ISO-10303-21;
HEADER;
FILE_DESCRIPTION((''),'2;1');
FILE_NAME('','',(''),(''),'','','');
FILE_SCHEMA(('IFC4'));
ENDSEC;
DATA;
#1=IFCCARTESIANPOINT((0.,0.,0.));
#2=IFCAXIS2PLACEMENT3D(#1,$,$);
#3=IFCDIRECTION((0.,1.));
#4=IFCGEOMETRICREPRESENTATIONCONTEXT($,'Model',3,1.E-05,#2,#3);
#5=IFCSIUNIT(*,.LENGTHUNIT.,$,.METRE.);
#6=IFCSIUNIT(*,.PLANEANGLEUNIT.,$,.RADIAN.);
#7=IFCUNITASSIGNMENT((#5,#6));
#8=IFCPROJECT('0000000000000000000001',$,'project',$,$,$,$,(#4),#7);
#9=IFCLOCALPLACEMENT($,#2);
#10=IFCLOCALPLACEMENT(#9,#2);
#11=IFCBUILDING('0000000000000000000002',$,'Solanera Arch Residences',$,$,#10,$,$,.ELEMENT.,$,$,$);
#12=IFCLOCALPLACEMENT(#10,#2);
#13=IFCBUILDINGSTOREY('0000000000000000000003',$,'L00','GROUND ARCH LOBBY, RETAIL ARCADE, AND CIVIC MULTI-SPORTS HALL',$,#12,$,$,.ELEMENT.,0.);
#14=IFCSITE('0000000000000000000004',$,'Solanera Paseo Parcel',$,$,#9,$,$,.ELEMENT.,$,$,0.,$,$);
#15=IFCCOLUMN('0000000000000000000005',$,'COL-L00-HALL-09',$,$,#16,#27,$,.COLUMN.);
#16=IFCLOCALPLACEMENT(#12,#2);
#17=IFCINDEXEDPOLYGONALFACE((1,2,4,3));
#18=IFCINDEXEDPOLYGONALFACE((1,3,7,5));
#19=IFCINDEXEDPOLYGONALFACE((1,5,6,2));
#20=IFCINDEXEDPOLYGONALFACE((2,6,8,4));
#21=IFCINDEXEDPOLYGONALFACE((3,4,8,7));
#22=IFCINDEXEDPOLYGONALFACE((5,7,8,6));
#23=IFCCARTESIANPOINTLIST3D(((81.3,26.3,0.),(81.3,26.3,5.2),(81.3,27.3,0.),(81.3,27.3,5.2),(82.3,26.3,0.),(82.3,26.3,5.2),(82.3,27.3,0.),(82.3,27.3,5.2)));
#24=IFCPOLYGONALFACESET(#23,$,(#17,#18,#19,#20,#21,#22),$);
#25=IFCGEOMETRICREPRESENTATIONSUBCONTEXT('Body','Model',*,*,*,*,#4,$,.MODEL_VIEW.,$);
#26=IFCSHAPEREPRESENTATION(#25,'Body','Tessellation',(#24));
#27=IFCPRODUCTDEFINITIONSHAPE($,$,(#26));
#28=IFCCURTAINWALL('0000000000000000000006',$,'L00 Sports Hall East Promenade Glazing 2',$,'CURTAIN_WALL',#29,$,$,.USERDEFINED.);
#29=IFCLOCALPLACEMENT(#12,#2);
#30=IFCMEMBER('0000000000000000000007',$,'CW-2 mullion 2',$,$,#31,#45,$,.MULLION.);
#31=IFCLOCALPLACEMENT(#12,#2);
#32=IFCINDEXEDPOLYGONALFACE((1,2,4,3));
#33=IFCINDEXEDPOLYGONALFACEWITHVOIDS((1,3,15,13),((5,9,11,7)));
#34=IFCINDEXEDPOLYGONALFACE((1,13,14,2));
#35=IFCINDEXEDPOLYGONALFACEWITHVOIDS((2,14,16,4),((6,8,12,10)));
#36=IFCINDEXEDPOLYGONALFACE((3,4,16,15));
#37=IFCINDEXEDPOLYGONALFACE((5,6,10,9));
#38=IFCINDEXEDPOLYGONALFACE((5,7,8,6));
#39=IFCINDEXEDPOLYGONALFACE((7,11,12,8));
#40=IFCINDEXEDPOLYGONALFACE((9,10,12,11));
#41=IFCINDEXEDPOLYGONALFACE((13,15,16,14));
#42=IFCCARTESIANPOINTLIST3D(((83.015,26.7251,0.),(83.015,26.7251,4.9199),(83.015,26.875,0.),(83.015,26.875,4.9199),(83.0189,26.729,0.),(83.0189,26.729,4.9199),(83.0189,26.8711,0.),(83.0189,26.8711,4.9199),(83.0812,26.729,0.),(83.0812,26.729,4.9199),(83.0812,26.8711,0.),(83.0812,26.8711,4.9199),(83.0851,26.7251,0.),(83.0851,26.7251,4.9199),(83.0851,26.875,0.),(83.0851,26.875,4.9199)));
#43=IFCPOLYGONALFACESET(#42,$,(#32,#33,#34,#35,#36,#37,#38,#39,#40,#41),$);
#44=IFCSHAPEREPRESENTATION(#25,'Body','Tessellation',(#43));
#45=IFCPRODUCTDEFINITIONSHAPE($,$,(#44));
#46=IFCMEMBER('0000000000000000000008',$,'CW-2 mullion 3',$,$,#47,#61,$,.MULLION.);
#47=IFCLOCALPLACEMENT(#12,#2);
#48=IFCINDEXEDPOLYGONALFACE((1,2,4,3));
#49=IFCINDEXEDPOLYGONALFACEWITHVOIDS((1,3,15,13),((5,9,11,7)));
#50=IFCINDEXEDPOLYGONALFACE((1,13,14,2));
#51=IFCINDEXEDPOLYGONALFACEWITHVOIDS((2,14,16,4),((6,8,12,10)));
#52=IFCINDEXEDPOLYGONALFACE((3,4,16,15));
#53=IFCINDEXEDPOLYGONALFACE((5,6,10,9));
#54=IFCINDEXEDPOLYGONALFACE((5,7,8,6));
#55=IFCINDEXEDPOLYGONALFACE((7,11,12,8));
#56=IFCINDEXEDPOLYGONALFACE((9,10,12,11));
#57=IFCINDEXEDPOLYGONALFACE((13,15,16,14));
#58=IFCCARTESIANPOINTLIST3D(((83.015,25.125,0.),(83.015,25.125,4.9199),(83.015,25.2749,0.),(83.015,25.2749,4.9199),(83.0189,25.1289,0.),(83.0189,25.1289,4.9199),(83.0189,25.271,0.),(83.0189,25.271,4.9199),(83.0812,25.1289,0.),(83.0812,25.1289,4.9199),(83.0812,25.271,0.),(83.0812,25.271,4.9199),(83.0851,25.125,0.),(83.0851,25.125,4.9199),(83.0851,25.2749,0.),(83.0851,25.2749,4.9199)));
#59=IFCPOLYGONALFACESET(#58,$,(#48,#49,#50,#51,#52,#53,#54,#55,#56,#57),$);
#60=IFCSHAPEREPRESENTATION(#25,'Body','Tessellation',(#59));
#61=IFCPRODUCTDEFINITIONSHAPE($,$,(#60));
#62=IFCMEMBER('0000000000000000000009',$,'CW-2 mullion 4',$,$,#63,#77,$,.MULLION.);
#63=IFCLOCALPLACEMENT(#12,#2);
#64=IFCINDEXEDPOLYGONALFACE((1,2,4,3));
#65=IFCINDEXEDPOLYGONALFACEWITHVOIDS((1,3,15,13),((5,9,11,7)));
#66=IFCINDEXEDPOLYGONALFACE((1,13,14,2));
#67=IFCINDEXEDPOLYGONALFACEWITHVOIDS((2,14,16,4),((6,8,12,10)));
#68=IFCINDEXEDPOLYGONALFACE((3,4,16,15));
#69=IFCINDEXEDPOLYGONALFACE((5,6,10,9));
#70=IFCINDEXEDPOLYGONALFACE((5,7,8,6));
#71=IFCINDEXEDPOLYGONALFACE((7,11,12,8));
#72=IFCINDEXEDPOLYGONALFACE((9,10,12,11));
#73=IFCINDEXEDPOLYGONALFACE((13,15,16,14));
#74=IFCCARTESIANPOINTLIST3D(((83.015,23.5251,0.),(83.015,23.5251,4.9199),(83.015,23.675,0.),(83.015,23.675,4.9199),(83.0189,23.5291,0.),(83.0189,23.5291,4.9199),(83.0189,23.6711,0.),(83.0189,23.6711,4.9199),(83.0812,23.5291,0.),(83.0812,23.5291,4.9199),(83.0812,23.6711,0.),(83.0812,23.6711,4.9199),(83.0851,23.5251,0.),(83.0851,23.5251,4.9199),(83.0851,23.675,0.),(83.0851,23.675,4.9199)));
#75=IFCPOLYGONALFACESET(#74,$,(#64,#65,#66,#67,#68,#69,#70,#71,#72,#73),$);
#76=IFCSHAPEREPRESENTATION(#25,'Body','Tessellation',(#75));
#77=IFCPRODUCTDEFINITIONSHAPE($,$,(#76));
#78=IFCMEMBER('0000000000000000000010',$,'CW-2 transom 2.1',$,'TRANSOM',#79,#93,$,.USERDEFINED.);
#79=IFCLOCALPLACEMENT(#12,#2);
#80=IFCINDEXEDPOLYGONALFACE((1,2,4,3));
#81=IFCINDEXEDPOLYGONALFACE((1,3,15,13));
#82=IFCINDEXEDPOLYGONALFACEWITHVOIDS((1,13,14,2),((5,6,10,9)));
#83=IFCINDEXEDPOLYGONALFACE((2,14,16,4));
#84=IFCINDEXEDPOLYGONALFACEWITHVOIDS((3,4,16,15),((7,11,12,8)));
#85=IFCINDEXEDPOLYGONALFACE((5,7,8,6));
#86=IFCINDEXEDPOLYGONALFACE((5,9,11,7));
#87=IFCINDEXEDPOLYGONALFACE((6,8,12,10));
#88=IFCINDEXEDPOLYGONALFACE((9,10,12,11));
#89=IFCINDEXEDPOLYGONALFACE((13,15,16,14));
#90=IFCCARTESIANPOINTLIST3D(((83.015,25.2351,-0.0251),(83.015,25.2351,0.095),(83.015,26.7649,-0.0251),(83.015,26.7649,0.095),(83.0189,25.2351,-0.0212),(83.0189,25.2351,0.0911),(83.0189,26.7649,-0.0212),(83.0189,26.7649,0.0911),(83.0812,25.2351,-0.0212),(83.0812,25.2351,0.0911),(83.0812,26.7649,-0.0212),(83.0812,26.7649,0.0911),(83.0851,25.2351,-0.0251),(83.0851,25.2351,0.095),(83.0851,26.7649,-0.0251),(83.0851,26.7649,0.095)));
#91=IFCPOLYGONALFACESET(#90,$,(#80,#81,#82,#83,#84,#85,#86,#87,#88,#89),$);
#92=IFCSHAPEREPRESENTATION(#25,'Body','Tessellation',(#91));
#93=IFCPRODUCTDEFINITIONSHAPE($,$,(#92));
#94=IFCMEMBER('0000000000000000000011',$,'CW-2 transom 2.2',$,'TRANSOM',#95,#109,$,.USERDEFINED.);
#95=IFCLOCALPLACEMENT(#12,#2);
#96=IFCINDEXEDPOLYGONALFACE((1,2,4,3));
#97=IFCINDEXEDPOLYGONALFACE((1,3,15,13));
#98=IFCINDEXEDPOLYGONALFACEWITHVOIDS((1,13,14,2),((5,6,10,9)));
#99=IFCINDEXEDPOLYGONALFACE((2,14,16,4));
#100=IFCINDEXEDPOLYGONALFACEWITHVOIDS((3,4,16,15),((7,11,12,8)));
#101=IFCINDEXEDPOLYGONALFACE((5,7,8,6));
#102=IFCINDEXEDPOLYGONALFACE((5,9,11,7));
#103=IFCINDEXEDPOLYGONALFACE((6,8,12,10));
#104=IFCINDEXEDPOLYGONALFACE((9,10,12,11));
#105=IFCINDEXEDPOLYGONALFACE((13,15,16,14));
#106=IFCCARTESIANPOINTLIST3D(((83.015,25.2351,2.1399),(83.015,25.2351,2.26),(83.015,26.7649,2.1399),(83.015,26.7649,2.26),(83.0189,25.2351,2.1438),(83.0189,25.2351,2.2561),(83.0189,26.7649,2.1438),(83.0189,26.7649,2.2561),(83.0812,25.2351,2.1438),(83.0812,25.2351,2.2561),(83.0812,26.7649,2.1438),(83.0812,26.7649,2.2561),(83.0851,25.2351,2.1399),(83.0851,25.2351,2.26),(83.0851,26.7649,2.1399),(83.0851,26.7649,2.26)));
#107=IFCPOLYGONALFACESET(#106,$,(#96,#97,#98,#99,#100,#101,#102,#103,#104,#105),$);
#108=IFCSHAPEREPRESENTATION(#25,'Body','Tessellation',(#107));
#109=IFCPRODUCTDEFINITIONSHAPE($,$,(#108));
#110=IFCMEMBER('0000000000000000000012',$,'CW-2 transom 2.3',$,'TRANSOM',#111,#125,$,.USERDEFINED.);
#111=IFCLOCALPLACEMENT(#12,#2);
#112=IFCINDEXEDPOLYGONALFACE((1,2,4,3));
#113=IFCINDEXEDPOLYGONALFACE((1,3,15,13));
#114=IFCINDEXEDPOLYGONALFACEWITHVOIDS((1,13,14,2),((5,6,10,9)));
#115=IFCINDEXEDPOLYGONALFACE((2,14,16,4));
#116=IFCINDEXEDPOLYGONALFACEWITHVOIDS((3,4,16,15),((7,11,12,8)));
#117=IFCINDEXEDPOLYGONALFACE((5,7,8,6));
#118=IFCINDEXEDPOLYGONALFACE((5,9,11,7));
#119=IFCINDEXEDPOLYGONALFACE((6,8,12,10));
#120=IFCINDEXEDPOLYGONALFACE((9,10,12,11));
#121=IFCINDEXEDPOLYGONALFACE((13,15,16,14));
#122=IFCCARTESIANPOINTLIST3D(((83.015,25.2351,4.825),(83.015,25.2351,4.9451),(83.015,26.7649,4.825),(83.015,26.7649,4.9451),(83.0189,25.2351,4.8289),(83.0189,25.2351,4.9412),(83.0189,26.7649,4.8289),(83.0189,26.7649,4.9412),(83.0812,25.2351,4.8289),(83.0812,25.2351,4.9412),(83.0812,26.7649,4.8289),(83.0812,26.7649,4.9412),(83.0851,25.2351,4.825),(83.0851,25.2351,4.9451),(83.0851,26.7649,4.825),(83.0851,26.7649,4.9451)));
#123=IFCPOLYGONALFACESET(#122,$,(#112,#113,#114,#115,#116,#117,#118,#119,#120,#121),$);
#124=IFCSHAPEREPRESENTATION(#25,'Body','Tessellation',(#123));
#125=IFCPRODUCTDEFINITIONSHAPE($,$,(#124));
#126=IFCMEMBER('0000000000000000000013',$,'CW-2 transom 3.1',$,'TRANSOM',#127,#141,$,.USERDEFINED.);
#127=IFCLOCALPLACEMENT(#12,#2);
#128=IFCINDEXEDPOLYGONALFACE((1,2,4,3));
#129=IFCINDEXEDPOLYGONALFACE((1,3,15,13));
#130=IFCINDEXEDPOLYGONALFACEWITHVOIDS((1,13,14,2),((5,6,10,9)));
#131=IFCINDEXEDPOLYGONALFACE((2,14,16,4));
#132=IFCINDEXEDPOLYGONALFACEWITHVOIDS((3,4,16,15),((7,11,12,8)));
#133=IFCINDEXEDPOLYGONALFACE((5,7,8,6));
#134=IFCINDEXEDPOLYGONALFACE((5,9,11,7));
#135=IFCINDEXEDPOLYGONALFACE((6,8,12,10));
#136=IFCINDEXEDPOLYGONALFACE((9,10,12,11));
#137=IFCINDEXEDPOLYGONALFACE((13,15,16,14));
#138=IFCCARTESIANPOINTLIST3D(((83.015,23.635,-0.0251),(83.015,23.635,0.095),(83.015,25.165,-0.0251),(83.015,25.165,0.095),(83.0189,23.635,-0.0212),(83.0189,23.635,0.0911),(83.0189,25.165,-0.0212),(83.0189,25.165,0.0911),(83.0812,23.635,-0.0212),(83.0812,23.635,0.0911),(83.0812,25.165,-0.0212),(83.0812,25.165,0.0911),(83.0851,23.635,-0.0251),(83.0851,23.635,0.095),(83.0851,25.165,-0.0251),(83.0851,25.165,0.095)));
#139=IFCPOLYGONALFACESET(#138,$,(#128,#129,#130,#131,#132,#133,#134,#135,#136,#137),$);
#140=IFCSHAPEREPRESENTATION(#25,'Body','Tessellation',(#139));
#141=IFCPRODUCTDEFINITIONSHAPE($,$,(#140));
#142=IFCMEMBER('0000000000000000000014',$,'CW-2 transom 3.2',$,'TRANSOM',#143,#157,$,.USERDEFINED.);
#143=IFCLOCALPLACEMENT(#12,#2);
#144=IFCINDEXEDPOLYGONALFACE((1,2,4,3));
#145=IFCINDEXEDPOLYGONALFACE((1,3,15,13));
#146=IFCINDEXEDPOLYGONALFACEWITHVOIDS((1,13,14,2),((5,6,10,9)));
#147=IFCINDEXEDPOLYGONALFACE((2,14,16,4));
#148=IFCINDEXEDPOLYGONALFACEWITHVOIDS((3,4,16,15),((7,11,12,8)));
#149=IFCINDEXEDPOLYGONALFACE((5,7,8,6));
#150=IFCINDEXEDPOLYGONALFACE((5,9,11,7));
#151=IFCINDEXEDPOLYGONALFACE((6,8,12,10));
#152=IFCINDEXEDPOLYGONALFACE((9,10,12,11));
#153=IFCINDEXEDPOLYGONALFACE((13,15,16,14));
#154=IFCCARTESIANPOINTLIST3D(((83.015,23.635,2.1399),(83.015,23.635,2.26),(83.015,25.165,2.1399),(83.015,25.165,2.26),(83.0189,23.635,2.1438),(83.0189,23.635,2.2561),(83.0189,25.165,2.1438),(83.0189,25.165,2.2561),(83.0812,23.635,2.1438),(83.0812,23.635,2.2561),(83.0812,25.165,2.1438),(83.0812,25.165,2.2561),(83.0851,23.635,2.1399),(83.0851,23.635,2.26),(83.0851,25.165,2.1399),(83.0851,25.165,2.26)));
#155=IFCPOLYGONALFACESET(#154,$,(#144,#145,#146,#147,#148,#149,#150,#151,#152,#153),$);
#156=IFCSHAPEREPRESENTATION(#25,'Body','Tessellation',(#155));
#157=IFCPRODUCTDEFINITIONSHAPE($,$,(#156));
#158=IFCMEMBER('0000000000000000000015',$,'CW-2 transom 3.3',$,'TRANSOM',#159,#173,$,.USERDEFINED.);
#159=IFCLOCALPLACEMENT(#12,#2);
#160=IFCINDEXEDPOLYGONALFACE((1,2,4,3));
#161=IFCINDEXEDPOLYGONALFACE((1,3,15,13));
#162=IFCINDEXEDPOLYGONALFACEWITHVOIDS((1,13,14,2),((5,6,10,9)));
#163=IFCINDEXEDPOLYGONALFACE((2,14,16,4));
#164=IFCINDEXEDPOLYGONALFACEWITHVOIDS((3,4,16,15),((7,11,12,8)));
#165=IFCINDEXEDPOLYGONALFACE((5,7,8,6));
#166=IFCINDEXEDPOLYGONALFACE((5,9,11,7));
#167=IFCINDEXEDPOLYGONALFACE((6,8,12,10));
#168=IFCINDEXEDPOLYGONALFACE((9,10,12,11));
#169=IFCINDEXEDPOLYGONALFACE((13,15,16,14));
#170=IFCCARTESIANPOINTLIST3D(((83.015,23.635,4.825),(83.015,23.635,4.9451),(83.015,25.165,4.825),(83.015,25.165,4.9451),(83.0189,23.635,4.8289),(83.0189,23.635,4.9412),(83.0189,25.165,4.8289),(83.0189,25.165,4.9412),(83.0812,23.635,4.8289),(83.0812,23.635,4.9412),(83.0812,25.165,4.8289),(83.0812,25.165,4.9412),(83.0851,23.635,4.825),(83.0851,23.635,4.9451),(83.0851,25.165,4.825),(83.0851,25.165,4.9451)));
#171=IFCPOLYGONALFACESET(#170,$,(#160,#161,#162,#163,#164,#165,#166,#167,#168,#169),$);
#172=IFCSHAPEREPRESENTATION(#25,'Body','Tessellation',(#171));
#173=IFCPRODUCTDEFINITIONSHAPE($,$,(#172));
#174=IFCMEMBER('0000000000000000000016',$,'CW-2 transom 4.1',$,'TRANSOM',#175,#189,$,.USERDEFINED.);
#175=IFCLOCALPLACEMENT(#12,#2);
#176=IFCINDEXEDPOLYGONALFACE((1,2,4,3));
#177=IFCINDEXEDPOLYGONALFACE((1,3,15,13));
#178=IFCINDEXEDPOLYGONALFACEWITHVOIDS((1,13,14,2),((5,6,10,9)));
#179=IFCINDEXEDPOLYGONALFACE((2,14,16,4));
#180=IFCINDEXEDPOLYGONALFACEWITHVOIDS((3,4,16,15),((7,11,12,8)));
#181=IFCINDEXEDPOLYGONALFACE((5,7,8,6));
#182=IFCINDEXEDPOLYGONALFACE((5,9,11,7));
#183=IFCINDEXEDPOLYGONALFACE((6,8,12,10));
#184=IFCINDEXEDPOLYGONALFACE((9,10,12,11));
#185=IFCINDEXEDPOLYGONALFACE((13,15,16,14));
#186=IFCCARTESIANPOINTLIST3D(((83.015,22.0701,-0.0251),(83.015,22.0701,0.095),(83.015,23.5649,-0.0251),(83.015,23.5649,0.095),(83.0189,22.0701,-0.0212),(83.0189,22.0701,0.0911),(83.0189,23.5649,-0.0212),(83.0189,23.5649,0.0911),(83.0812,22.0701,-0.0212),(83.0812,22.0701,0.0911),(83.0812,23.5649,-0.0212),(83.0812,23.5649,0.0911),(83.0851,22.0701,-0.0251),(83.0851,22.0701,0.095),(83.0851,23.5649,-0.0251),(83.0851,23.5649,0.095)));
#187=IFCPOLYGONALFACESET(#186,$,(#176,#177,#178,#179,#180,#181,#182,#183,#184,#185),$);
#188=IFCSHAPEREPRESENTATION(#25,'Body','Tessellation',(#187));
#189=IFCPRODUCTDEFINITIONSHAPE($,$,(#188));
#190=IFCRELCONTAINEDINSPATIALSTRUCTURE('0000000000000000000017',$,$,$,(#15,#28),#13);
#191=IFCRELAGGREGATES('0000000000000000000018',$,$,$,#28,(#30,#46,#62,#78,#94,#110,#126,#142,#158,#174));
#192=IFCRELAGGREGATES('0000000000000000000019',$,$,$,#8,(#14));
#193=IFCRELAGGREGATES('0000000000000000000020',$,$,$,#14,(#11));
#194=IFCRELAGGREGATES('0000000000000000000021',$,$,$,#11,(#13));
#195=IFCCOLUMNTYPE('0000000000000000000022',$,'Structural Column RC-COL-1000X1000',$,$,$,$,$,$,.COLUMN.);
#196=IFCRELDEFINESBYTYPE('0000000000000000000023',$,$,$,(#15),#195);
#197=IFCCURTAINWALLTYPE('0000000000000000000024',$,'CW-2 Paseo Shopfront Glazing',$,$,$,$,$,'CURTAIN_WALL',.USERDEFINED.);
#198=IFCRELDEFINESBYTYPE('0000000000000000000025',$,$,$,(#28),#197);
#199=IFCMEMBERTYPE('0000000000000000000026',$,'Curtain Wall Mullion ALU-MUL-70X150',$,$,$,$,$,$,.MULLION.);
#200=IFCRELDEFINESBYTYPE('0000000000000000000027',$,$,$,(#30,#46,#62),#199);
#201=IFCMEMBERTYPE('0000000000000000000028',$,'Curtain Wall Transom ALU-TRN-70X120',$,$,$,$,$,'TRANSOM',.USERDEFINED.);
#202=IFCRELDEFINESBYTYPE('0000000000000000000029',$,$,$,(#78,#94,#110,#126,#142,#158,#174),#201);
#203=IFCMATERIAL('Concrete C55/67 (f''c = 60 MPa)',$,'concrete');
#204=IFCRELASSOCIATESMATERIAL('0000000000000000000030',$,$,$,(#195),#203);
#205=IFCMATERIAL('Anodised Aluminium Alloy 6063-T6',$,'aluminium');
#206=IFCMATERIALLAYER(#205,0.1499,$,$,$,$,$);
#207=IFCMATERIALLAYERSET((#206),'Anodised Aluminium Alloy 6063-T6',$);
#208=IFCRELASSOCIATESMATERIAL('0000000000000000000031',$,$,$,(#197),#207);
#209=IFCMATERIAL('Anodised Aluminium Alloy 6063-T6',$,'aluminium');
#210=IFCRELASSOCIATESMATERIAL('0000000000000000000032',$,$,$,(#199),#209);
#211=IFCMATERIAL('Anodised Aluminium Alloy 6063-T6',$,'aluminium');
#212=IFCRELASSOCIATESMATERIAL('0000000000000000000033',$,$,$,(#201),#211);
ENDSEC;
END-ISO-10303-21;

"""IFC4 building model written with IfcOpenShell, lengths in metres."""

from ifc_helpers import new_model, si_unit, direction, frame, origin, origin_2d, place, context, subcontext, project, spatial, rectangle, hollow_rectangle, extrude, material, layer, layer_set, material_profile, profile_set, type_object, element, aggregate, save


model = new_model("IFC4")

# Units and contexts
model_context = context("Model", 3, precision=1e-05, world=origin(), true_north=direction((0.0, 1.0)))
body_context = subcontext(model_context, "Body", "Model", "MODEL_VIEW")
ifc_project = project(units=[si_unit("LENGTHUNIT", "METRE"), si_unit("PLANEANGLEUNIT", "RADIAN")], contexts=[model_context])

# Site, building, storey
site_placement = place(None, origin())
site = spatial("IfcSite", under=ifc_project, at=site_placement, Name="Solanera Paseo Parcel", CompositionType="ELEMENT", RefElevation=0.0)
building_placement = place(site_placement, origin())
building = spatial("IfcBuilding", under=site, at=building_placement, Name="Solanera Arch Residences", CompositionType="ELEMENT")
storey_placement = place(building_placement, origin())
storey = spatial("IfcBuildingStorey", under=building, at=storey_placement, Name="L00", Description="GROUND ARCH LOBBY, RETAIL ARCADE, AND CIVIC MULTI-SPORTS HALL", CompositionType="ELEMENT", Elevation=0.0)

# Column
ifc_material_1 = material(Name="Concrete C55/67 (f'c = 60 MPa)", Category="concrete")
ifc_material_profile_1 = material_profile(ifc_material_1, rectangle(XDim=1.0, YDim=1.0, at=origin_2d()))
ifc_profile_set_1 = profile_set([ifc_material_profile_1], Name="Concrete C55/67 (f'c = 60 MPa)")
column_type = type_object("IfcColumnType", Name="Structural Column RC-COL-1000X1000", PredefinedType="COLUMN", material=ifc_profile_set_1)
column_placement = place(storey_placement, frame((81.8, 26.8, 0.0), z_axis=(0.0, 0.0, 1.0), x_axis=(1.0, 0.0, 0.0)))
element("IfcColumn", 1, at=column_placement, inside=storey, type_object=column_type, Name="COL-L00-HALL-09", PredefinedType="COLUMN", context=body_context, shape_type="SweptSolid", body=[
    extrude(rectangle(XDim=1.0, YDim=1.0, at=origin_2d()), origin(), (0.0, 0.0, 1.0), 5.2),
])

# Curtain wall, members
ifc_material_2 = material(Name="Anodised Aluminium Alloy 6063-T6", Category="aluminium")
ifc_layer_1 = layer(ifc_material_2, 0.1499)
ifc_layer_set_1 = layer_set([ifc_layer_1], Name="Anodised Aluminium Alloy 6063-T6")
curtain_wall_type = type_object("IfcCurtainWallType", Name="CW-2 Paseo Shopfront Glazing", ElementType="CURTAIN_WALL", PredefinedType="USERDEFINED", material=ifc_layer_set_1)
curtain_wall_placement = place(storey_placement, origin())
curtain_wall = element("IfcCurtainWall", 2, at=curtain_wall_placement, inside=storey, type_object=curtain_wall_type, Name="L00 Sports Hall East Promenade Glazing 2", ObjectType="CURTAIN_WALL", PredefinedType="USERDEFINED")
ifc_material_3 = material(Name="Anodised Aluminium Alloy 6063-T6", Category="aluminium")
ifc_material_profile_2 = material_profile(ifc_material_3, hollow_rectangle(XDim=0.0701, YDim=0.1499, WallThickness=0.0039, at=origin_2d()))
ifc_profile_set_2 = profile_set([ifc_material_profile_2], Name="Anodised Aluminium Alloy 6063-T6")
member_type_1 = type_object("IfcMemberType", Name="Curtain Wall Mullion ALU-MUL-70X150", PredefinedType="MULLION", material=ifc_profile_set_2)
member_1_placement = place(storey_placement, frame((83.05, 26.8, 0.0), z_axis=(0.0, 0.0, 1.0), x_axis=(1.0, 0.0, 0.0)))
member_1 = element("IfcMember", 3, at=member_1_placement, type_object=member_type_1, Name="CW-2 mullion 2", PredefinedType="MULLION", context=body_context, shape_type="SweptSolid", body=[
    extrude(hollow_rectangle(XDim=0.0701, YDim=0.1499, WallThickness=0.0039, at=origin_2d()), origin(), (0.0, 0.0, 1.0), 4.9199),
])
member_2_placement = place(storey_placement, frame((83.05, 25.2, 0.0), z_axis=(0.0, 0.0, 1.0), x_axis=(1.0, 0.0, 0.0)))
member_2 = element("IfcMember", 4, at=member_2_placement, type_object=member_type_1, Name="CW-2 mullion 3", PredefinedType="MULLION", context=body_context, shape_type="SweptSolid", body=[
    extrude(hollow_rectangle(XDim=0.0701, YDim=0.1499, WallThickness=0.0039, at=origin_2d()), origin(), (0.0, 0.0, 1.0), 4.9199),
])
member_3_placement = place(storey_placement, frame((83.05, 23.6001, 0.0), z_axis=(0.0, 0.0, 1.0), x_axis=(1.0, 0.0, 0.0)))
member_3 = element("IfcMember", 5, at=member_3_placement, type_object=member_type_1, Name="CW-2 mullion 4", PredefinedType="MULLION", context=body_context, shape_type="SweptSolid", body=[
    extrude(hollow_rectangle(XDim=0.0701, YDim=0.1499, WallThickness=0.0039, at=origin_2d()), origin(), (0.0, 0.0, 1.0), 4.9199),
])
ifc_material_4 = material(Name="Anodised Aluminium Alloy 6063-T6", Category="aluminium")
ifc_material_profile_3 = material_profile(ifc_material_4, hollow_rectangle(XDim=0.0701, YDim=0.1201, WallThickness=0.0039, at=origin_2d()))
ifc_profile_set_3 = profile_set([ifc_material_profile_3], Name="Anodised Aluminium Alloy 6063-T6")
member_type_2 = type_object("IfcMemberType", Name="Curtain Wall Transom ALU-TRN-70X120", ElementType="TRANSOM", PredefinedType="USERDEFINED", material=ifc_profile_set_3)
member_4_placement = place(storey_placement, frame((83.05, 26.7649, 0.0349), z_axis=(0.0, -1.0, 0.0), x_axis=(1.0, 0.0, 0.0)))
member_4 = element("IfcMember", 6, at=member_4_placement, type_object=member_type_2, Name="CW-2 transom 2.1", ObjectType="TRANSOM", PredefinedType="USERDEFINED", context=body_context, shape_type="SweptSolid", body=[
    extrude(hollow_rectangle(XDim=0.0701, YDim=0.1201, WallThickness=0.0039, at=origin_2d()), origin(), (0.0, 0.0, 1.0), 1.5298),
])
member_5_placement = place(storey_placement, frame((83.05, 26.7649, 2.2), z_axis=(0.0, -1.0, 0.0), x_axis=(1.0, 0.0, 0.0)))
member_5 = element("IfcMember", 7, at=member_5_placement, type_object=member_type_2, Name="CW-2 transom 2.2", ObjectType="TRANSOM", PredefinedType="USERDEFINED", context=body_context, shape_type="SweptSolid", body=[
    extrude(hollow_rectangle(XDim=0.0701, YDim=0.1201, WallThickness=0.0039, at=origin_2d()), origin(), (0.0, 0.0, 1.0), 1.5298),
])
member_6_placement = place(storey_placement, frame((83.05, 26.7649, 4.885), z_axis=(0.0, -1.0, 0.0), x_axis=(1.0, 0.0, 0.0)))
member_6 = element("IfcMember", 8, at=member_6_placement, type_object=member_type_2, Name="CW-2 transom 2.3", ObjectType="TRANSOM", PredefinedType="USERDEFINED", context=body_context, shape_type="SweptSolid", body=[
    extrude(hollow_rectangle(XDim=0.0701, YDim=0.1201, WallThickness=0.0039, at=origin_2d()), origin(), (0.0, 0.0, 1.0), 1.5298),
])
member_7_placement = place(storey_placement, frame((83.05, 25.165, 0.0349), z_axis=(0.0, -1.0, 0.0), x_axis=(1.0, 0.0, 0.0)))
member_7 = element("IfcMember", 9, at=member_7_placement, type_object=member_type_2, Name="CW-2 transom 3.1", ObjectType="TRANSOM", PredefinedType="USERDEFINED", context=body_context, shape_type="SweptSolid", body=[
    extrude(hollow_rectangle(XDim=0.0701, YDim=0.1201, WallThickness=0.0039, at=origin_2d()), origin(), (0.0, 0.0, 1.0), 1.53),
])
member_8_placement = place(storey_placement, frame((83.05, 25.165, 2.2), z_axis=(0.0, -1.0, 0.0), x_axis=(1.0, 0.0, 0.0)))
member_8 = element("IfcMember", 10, at=member_8_placement, type_object=member_type_2, Name="CW-2 transom 3.2", ObjectType="TRANSOM", PredefinedType="USERDEFINED", context=body_context, shape_type="SweptSolid", body=[
    extrude(hollow_rectangle(XDim=0.0701, YDim=0.1201, WallThickness=0.0039, at=origin_2d()), origin(), (0.0, 0.0, 1.0), 1.53),
])
member_9_placement = place(storey_placement, frame((83.05, 25.165, 4.885), z_axis=(0.0, -1.0, 0.0), x_axis=(1.0, 0.0, 0.0)))
member_9 = element("IfcMember", 11, at=member_9_placement, type_object=member_type_2, Name="CW-2 transom 3.3", ObjectType="TRANSOM", PredefinedType="USERDEFINED", context=body_context, shape_type="SweptSolid", body=[
    extrude(hollow_rectangle(XDim=0.0701, YDim=0.1201, WallThickness=0.0039, at=origin_2d()), origin(), (0.0, 0.0, 1.0), 1.53),
])
member_10_placement = place(storey_placement, frame((83.05, 23.5649, 0.0349), z_axis=(0.0, -1.0, 0.0), x_axis=(1.0, 0.0, 0.0)))
member_10 = element("IfcMember", 12, at=member_10_placement, type_object=member_type_2, Name="CW-2 transom 4.1", ObjectType="TRANSOM", PredefinedType="USERDEFINED", context=body_context, shape_type="SweptSolid", body=[
    extrude(hollow_rectangle(XDim=0.0701, YDim=0.1201, WallThickness=0.0039, at=origin_2d()), origin(), (0.0, 0.0, 1.0), 1.4949),
])

aggregate(curtain_wall, [member_1, member_2, member_3, member_4, member_5, member_6, member_7, member_8, member_9, member_10])

save(model, "model.ifc")
